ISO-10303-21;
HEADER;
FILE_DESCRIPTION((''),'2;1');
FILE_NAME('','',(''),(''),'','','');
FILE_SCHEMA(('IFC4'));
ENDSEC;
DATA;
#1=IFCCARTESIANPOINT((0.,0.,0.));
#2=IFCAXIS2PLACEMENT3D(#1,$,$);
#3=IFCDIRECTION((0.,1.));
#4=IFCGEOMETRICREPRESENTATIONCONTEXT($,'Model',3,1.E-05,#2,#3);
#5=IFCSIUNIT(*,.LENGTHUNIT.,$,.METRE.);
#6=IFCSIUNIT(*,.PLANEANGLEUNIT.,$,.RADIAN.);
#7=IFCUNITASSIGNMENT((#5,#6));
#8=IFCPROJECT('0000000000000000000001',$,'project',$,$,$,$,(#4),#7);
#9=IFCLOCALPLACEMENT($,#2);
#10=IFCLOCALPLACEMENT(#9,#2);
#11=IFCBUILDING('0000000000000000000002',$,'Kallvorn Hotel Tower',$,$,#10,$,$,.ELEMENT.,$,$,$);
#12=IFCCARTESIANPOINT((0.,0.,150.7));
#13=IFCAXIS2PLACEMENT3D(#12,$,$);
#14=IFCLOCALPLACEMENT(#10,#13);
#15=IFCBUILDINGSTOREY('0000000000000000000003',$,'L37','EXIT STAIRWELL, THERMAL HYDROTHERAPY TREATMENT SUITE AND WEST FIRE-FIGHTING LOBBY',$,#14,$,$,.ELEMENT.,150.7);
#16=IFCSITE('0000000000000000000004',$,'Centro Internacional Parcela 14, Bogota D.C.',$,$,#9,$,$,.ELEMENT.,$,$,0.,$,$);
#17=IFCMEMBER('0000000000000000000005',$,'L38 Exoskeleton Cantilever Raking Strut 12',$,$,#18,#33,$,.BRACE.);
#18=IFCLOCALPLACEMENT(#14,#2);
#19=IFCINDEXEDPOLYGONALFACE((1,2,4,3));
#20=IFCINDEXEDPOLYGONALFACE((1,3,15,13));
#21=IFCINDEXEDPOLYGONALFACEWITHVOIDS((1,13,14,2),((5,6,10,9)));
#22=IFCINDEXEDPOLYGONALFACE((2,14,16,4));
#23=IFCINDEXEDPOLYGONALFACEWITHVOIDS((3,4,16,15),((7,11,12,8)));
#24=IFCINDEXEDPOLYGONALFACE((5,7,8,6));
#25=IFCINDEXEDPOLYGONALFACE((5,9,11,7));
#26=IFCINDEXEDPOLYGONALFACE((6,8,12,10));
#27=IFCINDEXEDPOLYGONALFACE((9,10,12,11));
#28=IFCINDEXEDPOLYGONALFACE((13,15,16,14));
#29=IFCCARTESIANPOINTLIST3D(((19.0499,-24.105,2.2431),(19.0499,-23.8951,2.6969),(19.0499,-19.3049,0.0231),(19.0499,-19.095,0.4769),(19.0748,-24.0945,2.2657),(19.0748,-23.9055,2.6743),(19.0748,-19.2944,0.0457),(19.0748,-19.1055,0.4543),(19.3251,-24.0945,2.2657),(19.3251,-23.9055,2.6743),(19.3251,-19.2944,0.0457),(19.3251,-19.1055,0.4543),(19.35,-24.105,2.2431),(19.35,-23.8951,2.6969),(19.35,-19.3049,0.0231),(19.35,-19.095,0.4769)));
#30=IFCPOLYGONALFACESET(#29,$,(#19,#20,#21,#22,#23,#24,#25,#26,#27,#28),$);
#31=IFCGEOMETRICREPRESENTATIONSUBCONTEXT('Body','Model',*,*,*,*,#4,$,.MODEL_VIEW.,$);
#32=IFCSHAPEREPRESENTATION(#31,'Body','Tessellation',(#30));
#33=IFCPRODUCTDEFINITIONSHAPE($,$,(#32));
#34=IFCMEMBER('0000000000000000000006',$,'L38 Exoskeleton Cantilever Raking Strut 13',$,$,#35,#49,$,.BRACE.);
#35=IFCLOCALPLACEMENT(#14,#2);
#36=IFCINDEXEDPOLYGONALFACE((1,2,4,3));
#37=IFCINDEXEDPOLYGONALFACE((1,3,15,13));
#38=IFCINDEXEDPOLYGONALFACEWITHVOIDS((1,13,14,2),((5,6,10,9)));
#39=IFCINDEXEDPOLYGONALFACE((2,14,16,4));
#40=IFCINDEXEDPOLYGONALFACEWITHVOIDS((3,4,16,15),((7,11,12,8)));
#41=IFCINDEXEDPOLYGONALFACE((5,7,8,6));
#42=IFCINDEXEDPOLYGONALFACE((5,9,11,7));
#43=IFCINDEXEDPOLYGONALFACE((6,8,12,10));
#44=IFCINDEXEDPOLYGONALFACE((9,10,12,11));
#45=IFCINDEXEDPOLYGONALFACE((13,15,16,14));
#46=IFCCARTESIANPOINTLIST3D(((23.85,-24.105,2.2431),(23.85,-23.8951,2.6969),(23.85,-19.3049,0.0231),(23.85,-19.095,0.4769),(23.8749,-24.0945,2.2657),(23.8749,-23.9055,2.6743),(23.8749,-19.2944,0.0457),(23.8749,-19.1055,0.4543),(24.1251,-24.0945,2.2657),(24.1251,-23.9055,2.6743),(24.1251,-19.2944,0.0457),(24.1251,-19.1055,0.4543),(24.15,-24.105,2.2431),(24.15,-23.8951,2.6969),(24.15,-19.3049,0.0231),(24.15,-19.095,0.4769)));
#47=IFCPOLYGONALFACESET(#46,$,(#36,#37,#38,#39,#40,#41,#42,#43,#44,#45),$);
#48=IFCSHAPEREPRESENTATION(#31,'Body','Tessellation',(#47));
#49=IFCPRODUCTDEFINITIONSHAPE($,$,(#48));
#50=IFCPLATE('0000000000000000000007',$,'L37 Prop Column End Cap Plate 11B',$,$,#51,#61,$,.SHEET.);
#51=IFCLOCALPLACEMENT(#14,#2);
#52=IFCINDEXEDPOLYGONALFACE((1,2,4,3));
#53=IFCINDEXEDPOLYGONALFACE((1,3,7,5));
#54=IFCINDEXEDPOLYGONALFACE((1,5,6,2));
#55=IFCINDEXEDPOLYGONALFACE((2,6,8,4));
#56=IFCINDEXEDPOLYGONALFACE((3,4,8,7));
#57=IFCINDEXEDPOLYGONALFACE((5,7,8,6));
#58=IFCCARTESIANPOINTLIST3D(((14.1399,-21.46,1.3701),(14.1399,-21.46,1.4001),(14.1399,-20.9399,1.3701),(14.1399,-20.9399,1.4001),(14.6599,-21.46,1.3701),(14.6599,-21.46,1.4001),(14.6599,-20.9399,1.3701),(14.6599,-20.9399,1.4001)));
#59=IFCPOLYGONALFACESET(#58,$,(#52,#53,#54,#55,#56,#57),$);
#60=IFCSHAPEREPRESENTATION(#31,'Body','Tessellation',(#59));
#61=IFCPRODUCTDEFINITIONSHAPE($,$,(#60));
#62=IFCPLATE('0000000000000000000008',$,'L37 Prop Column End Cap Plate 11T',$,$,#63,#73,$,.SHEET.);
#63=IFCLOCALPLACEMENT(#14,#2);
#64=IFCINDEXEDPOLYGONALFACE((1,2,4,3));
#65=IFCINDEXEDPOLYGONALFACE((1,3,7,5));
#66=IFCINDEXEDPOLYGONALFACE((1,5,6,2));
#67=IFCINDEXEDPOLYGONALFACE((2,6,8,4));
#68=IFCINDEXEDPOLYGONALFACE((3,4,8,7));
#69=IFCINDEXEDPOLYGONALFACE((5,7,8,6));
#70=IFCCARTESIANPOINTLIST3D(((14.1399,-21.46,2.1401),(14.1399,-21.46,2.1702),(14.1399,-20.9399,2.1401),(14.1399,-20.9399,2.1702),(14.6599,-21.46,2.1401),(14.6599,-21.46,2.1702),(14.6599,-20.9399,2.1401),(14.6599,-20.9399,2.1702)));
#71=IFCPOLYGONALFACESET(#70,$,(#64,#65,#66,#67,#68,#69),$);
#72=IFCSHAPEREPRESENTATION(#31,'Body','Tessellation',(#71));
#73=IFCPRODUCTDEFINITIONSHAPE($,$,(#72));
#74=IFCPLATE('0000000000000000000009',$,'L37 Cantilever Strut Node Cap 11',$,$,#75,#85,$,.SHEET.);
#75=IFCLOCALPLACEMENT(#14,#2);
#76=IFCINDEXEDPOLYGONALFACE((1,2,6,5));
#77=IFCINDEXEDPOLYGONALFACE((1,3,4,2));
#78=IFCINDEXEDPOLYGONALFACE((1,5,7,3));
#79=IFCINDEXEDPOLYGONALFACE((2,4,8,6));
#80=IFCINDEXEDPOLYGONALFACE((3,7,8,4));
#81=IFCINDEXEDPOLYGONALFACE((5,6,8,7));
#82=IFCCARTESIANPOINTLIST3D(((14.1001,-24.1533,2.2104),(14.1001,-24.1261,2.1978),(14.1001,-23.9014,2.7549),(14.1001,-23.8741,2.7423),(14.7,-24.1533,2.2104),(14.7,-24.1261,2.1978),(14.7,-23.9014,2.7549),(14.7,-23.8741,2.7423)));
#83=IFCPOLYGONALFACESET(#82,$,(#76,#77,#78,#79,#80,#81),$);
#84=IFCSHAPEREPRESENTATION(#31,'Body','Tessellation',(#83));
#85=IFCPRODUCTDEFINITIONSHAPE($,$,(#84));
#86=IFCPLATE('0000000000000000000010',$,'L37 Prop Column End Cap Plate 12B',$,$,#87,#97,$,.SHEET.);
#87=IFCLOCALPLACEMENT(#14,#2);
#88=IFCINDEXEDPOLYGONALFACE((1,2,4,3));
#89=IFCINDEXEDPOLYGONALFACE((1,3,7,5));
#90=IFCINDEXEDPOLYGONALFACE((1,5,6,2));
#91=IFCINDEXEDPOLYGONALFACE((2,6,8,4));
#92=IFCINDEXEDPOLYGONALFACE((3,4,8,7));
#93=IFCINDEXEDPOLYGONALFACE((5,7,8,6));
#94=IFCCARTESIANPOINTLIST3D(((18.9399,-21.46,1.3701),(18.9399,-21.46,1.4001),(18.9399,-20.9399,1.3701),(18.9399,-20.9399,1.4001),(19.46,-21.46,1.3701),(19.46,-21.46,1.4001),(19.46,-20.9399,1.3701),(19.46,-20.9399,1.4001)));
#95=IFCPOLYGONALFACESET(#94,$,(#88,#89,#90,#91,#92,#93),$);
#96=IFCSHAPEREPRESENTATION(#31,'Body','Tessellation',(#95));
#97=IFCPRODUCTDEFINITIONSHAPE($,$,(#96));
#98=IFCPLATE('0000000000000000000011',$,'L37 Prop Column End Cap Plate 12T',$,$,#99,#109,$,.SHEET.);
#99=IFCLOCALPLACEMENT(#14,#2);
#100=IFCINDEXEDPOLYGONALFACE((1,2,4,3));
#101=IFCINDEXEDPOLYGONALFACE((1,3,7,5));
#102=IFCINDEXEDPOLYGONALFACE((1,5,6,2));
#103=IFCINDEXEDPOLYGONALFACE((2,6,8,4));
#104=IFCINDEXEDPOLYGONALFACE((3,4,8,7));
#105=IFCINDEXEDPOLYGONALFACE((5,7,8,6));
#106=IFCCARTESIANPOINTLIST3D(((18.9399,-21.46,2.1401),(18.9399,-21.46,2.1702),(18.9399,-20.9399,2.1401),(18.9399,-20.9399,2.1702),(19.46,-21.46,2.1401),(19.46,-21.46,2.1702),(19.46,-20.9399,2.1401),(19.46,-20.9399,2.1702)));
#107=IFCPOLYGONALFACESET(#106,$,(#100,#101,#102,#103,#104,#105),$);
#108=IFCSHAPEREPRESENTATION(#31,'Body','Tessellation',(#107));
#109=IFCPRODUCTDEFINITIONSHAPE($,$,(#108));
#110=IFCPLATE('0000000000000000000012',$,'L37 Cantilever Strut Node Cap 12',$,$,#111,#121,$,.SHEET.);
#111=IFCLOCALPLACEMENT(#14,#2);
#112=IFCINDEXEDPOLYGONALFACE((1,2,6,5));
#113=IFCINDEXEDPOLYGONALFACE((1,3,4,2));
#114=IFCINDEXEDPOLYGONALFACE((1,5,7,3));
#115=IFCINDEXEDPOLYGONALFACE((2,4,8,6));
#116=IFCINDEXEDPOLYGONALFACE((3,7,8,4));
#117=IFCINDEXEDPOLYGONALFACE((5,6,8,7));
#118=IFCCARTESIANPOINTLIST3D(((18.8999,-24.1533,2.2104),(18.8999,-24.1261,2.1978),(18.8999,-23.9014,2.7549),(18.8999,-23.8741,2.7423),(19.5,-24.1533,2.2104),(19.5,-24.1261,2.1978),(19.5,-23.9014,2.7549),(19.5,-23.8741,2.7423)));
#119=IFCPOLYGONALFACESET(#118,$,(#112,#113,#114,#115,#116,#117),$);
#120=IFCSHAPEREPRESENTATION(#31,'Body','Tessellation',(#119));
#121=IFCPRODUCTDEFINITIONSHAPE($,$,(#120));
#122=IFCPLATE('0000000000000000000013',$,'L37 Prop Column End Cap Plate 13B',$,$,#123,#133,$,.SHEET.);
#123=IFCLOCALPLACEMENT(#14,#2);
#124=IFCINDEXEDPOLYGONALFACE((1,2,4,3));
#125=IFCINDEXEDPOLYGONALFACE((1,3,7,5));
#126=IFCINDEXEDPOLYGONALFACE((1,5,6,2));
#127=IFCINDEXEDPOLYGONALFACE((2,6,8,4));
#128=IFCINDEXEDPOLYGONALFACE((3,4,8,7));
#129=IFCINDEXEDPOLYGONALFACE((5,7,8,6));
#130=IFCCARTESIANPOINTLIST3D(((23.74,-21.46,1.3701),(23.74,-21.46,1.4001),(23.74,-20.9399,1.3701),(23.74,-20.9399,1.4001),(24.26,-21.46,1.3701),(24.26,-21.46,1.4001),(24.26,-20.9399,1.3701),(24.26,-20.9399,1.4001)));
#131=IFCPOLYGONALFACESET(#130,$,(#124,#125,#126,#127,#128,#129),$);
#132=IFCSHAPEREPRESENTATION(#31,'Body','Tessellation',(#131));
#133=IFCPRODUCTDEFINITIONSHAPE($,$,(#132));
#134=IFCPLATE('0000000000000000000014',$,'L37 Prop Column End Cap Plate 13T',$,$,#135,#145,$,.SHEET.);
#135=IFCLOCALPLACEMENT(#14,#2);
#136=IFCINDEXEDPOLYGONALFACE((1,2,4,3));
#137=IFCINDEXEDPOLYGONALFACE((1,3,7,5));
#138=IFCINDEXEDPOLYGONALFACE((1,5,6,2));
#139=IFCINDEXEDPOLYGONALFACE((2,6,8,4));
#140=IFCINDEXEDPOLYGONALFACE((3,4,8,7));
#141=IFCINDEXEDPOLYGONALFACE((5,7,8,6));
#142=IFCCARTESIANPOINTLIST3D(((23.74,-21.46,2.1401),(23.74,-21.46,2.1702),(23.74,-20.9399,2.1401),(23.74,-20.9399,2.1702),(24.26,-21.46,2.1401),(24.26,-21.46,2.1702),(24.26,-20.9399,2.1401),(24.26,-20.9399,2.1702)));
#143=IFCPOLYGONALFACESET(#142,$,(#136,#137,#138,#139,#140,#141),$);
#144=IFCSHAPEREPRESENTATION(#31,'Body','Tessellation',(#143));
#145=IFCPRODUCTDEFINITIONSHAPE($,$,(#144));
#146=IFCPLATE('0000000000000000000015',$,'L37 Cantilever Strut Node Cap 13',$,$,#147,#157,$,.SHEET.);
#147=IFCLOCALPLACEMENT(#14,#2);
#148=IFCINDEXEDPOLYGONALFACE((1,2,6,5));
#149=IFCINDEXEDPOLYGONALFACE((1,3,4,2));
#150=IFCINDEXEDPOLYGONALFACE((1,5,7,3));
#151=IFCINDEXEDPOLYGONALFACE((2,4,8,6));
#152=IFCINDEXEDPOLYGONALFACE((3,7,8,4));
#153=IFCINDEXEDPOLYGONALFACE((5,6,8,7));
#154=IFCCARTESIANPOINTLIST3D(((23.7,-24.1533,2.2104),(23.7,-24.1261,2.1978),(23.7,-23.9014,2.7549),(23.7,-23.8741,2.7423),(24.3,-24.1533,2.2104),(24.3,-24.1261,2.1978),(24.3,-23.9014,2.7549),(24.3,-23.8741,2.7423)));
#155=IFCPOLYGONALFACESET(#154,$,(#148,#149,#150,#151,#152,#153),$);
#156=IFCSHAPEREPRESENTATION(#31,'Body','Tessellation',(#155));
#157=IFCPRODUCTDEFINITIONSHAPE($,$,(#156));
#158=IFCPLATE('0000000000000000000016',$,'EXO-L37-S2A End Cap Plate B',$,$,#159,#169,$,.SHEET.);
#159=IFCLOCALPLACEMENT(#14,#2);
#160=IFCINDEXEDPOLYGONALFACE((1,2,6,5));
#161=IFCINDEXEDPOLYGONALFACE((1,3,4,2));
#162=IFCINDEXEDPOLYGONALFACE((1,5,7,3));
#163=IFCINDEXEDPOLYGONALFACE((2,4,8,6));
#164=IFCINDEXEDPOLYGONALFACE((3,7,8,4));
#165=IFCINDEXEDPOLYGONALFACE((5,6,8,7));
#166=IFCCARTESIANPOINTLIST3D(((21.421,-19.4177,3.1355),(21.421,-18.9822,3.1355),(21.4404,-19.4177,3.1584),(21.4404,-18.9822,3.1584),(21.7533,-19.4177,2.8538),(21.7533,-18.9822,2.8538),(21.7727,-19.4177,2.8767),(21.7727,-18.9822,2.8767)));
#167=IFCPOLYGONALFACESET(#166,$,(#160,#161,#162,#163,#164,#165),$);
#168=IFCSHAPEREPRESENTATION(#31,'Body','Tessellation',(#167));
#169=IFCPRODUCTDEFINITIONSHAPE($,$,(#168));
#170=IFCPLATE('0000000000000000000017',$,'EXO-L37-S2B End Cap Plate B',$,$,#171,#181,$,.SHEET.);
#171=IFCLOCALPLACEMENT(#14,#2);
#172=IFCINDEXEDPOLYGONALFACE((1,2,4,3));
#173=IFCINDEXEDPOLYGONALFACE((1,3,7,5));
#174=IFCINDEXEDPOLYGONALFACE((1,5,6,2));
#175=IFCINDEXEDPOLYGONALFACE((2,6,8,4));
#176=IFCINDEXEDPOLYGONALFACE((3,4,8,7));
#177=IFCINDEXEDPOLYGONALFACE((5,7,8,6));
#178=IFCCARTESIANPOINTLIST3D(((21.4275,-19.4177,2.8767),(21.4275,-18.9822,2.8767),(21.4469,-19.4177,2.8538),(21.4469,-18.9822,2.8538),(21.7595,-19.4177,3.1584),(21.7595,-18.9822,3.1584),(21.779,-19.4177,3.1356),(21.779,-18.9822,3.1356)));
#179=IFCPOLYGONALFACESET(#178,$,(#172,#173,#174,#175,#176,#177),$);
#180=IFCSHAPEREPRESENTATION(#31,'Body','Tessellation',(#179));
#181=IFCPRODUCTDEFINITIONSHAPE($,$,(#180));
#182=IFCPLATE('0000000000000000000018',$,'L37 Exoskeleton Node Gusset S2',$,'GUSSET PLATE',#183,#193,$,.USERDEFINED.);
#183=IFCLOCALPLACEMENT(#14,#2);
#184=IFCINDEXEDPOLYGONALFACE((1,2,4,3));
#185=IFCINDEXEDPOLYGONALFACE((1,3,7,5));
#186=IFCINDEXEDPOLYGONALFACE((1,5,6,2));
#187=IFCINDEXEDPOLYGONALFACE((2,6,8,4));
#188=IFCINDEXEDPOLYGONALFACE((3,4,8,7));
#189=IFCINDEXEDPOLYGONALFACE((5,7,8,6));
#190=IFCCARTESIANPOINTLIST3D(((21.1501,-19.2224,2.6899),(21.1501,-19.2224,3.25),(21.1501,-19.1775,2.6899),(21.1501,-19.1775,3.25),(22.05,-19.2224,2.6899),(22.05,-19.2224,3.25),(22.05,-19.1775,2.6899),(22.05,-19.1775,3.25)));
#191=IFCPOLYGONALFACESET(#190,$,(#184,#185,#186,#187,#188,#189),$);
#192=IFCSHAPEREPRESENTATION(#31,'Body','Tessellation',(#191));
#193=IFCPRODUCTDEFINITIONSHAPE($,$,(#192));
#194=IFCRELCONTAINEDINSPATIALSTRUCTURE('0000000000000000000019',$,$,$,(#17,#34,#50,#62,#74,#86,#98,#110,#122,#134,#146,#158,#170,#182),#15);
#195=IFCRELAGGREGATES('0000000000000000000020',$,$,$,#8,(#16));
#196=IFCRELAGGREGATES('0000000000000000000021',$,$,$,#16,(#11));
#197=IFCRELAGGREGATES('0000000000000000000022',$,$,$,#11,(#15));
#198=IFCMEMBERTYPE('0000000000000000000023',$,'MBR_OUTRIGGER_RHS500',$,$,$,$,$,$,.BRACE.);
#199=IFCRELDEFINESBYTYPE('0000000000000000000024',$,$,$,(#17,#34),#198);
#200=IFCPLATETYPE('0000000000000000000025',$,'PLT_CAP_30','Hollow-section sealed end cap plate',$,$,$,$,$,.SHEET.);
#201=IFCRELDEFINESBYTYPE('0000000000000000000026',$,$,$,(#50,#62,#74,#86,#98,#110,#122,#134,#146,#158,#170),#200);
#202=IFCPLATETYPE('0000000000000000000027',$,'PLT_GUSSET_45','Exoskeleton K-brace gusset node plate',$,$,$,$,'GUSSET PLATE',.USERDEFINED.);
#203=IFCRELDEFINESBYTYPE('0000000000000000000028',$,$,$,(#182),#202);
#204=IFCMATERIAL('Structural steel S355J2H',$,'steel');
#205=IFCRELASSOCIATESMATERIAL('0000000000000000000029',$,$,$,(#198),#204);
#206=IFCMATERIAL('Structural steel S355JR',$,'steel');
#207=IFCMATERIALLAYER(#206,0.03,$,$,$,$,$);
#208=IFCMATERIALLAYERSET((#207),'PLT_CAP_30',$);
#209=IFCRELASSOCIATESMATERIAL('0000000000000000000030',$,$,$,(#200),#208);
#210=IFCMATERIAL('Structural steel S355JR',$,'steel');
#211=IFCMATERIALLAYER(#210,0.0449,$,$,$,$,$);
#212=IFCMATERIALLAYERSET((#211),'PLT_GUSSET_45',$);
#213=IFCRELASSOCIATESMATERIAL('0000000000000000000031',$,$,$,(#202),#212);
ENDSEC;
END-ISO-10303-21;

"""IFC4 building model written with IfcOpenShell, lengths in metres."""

from ifc_helpers import new_model, si_unit, direction, frame, origin, origin_2d, place, context, subcontext, project, spatial, polyline, rectangle, hollow_rectangle, outline, extrude, material, layer, layer_set, material_profile, profile_set, type_object, element, save


model = new_model("IFC4")

# Units and contexts
model_context = context("Model", 3, precision=1e-05, world=origin(), true_north=direction((0.0, 1.0)))
body_context = subcontext(model_context, "Body", "Model", "MODEL_VIEW")
ifc_project = project(units=[si_unit("LENGTHUNIT", "METRE"), si_unit("PLANEANGLEUNIT", "RADIAN")], contexts=[model_context])

# Site, building, storey
site_placement = place(None, origin())
site = spatial("IfcSite", under=ifc_project, at=site_placement, Name="Centro Internacional Parcela 14, Bogota D.C.", CompositionType="ELEMENT", RefElevation=0.0)
building_placement = place(site_placement, origin())
building = spatial("IfcBuilding", under=site, at=building_placement, Name="Kallvorn Hotel Tower", CompositionType="ELEMENT")
storey_placement = place(building_placement, frame((0.0, 0.0, 150.7)))
storey = spatial("IfcBuildingStorey", under=building, at=storey_placement, Name="L37", Description="EXIT STAIRWELL, THERMAL HYDROTHERAPY TREATMENT SUITE AND WEST FIRE-FIGHTING LOBBY", CompositionType="ELEMENT", Elevation=150.7)

# Members
ifc_material_1 = material(Name="Structural steel S355J2H", Category="steel")
ifc_material_profile_1 = material_profile(ifc_material_1, hollow_rectangle(XDim=0.3, YDim=0.5, WallThickness=0.0249, at=origin_2d()), Name="RHS 500x300x25")
ifc_profile_set_1 = profile_set([ifc_material_profile_1], Name="Structural steel S355J2H")
member_type_1 = type_object("IfcMemberType", Name="MBR_OUTRIGGER_RHS500", PredefinedType="BRACE", material=ifc_profile_set_1)
for number, where, z_axis, x_axis, name in (
    (1, (19.2, -19.2, 0.25), (0.0, -0.907631, 0.419769), (1.0, 0.0, 0.0), "L38 Exoskeleton Cantilever Raking Strut 12"),
    (2, (24.0, -19.2, 0.25), (0.0, -0.907631, 0.419769), (1.0, 0.0, 0.0), "L38 Exoskeleton Cantilever Raking Strut 13"),
):
    element("IfcMember", number, at=place(storey_placement, frame(where, z_axis=z_axis, x_axis=x_axis)), inside=storey, type_object=member_type_1, Name=name, PredefinedType="BRACE", context=body_context, shape_type="SweptSolid", body=[
        extrude(hollow_rectangle(XDim=0.3, YDim=0.5, WallThickness=0.0249, at=origin_2d()), origin(), (0.0, 0.0, 1.0), 5.2886),
    ])

# Plates
ifc_material_2 = material(Name="Structural steel S355JR", Category="steel")
ifc_layer_1 = layer(ifc_material_2, 0.03)
ifc_layer_set_1 = layer_set([ifc_layer_1], Name="PLT_CAP_30")
plate_type_1 = type_object("IfcPlateType", Name="PLT_CAP_30", Description="Hollow-section sealed end cap plate", PredefinedType="SHEET", material=ifc_layer_set_1)
for number, where, z_axis, x_axis, name in (
    (3, (14.3999, -21.2, 1.3701), (0.0, 0.0, 1.0), (1.0, 0.0, 0.0), "L37 Prop Column End Cap Plate 11B"),
    (4, (14.3999, -21.2, 2.1401), (0.0, 0.0, 1.0), (1.0, 0.0, 0.0), "L37 Prop Column End Cap Plate 11T"),
):
    element("IfcPlate", number, at=place(storey_placement, frame(where, z_axis=z_axis, x_axis=x_axis)), inside=storey, type_object=plate_type_1, Name=name, PredefinedType="SHEET", context=body_context, shape_type="SweptSolid", body=[
        extrude(rectangle(XDim=0.52, YDim=0.52, at=origin_2d()), origin(), (0.0, 0.0, 1.0), 0.03),
    ])
plate_1_placement = place(storey_placement, frame((14.1001, -24.1533, 2.2104), z_axis=(0.0, -0.90753, 0.419987), x_axis=(1.0, 0.0, 0.0)))
element("IfcPlate", 5, at=plate_1_placement, inside=storey, type_object=plate_type_1, Name="L37 Cantilever Strut Node Cap 11", PredefinedType="SHEET", context=body_context, shape_type="SweptSolid", body=[
    extrude(outline(polyline([(0.0, 0.0), (0.5999, 0.0), (0.5999, 0.5999), (0.0, 0.5999), (0.0, 0.0)])), origin(), (0.0, 0.0, -1.0), 0.03),
])
for number, where, z_axis, x_axis, name in (
    (6, (19.2, -21.2, 1.3701), (0.0, 0.0, 1.0), (1.0, 0.0, 0.0), "L37 Prop Column End Cap Plate 12B"),
    (7, (19.2, -21.2, 2.1401), (0.0, 0.0, 1.0), (1.0, 0.0, 0.0), "L37 Prop Column End Cap Plate 12T"),
):
    element("IfcPlate", number, at=place(storey_placement, frame(where, z_axis=z_axis, x_axis=x_axis)), inside=storey, type_object=plate_type_1, Name=name, PredefinedType="SHEET", context=body_context, shape_type="SweptSolid", body=[
        extrude(rectangle(XDim=0.52, YDim=0.52, at=origin_2d()), origin(), (0.0, 0.0, 1.0), 0.03),
    ])
plate_2_placement = place(storey_placement, frame((18.8999, -24.1533, 2.2104), z_axis=(0.0, -0.90753, 0.419987), x_axis=(1.0, 0.0, 0.0)))
element("IfcPlate", 8, at=plate_2_placement, inside=storey, type_object=plate_type_1, Name="L37 Cantilever Strut Node Cap 12", PredefinedType="SHEET", context=body_context, shape_type="SweptSolid", body=[
    extrude(outline(polyline([(0.0, 0.0), (0.6001, 0.0), (0.6001, 0.5999), (0.0, 0.5999), (0.0, 0.0)])), origin(), (0.0, 0.0, -1.0), 0.03),
])
for number, where, z_axis, x_axis, name in (
    (9, (24.0, -21.2, 1.3701), (0.0, 0.0, 1.0), (1.0, 0.0, 0.0), "L37 Prop Column End Cap Plate 13B"),
    (10, (24.0, -21.2, 2.1401), (0.0, 0.0, 1.0), (1.0, 0.0, 0.0), "L37 Prop Column End Cap Plate 13T"),
):
    element("IfcPlate", number, at=place(storey_placement, frame(where, z_axis=z_axis, x_axis=x_axis)), inside=storey, type_object=plate_type_1, Name=name, PredefinedType="SHEET", context=body_context, shape_type="SweptSolid", body=[
        extrude(rectangle(XDim=0.52, YDim=0.52, at=origin_2d()), origin(), (0.0, 0.0, 1.0), 0.03),
    ])
plate_3_placement = place(storey_placement, frame((23.7, -24.1533, 2.2104), z_axis=(0.0, -0.90753, 0.419987), x_axis=(1.0, 0.0, 0.0)))
element("IfcPlate", 11, at=plate_3_placement, inside=storey, type_object=plate_type_1, Name="L37 Cantilever Strut Node Cap 13", PredefinedType="SHEET", context=body_context, shape_type="SweptSolid", body=[
    extrude(outline(polyline([(0.0, 0.0), (0.6001, 0.0), (0.6001, 0.5999), (0.0, 0.5999), (0.0, 0.0)])), origin(), (0.0, 0.0, -1.0), 0.03),
])
plate_4_placement = place(storey_placement, frame((21.7727, -19.4177, 2.8767), z_axis=(0.646721, 0.0, 0.762727), x_axis=(0.0, 1.0, 0.0)))
element("IfcPlate", 12, at=plate_4_placement, inside=storey, type_object=plate_type_1, Name="EXO-L37-S2A End Cap Plate B", PredefinedType="SHEET", context=body_context, shape_type="SweptSolid", body=[
    extrude(outline(polyline([(0.0, 0.0), (0.4355, 0.0), (0.4355, 0.4356), (0.0, 0.4356), (0.0, 0.0)])), origin(), (0.0, 0.0, -1.0), 0.03),
])
plate_5_placement = place(storey_placement, frame((21.4275, -18.9822, 2.8767), z_axis=(-0.646997, 0.0, 0.762492), x_axis=(0.0, -1.0, 0.0)))
element("IfcPlate", 13, at=plate_5_placement, inside=storey, type_object=plate_type_1, Name="EXO-L37-S2B End Cap Plate B", PredefinedType="SHEET", context=body_context, shape_type="SweptSolid", body=[
    extrude(outline(polyline([(0.0, 0.0), (0.4355, 0.0), (0.4355, 0.4355), (0.0, 0.4355), (0.0, 0.0)])), origin(), (0.0, 0.0, -1.0), 0.03),
])
ifc_material_3 = material(Name="Structural steel S355JR", Category="steel")
ifc_layer_2 = layer(ifc_material_3, 0.0449)
ifc_layer_set_2 = layer_set([ifc_layer_2], Name="PLT_GUSSET_45")
plate_type_2 = type_object("IfcPlateType", Name="PLT_GUSSET_45", Description="Exoskeleton K-brace gusset node plate", ElementType="GUSSET PLATE", PredefinedType="USERDEFINED", material=ifc_layer_set_2)
plate_6_placement = place(storey_placement, frame((21.6001, -19.2, 2.6899), z_axis=(0.0, 0.0, 1.0), x_axis=(1.0, 0.0, 0.0)))
element("IfcPlate", 14, at=plate_6_placement, inside=storey, type_object=plate_type_2, Name="L37 Exoskeleton Node Gusset S2", ObjectType="GUSSET PLATE", PredefinedType="USERDEFINED", context=body_context, shape_type="SweptSolid", body=[
    extrude(rectangle(XDim=0.8999, YDim=0.0449, at=origin_2d()), origin(), (0.0, 0.0, 1.0), 0.5601),
])

save(model, "model.ifc")
